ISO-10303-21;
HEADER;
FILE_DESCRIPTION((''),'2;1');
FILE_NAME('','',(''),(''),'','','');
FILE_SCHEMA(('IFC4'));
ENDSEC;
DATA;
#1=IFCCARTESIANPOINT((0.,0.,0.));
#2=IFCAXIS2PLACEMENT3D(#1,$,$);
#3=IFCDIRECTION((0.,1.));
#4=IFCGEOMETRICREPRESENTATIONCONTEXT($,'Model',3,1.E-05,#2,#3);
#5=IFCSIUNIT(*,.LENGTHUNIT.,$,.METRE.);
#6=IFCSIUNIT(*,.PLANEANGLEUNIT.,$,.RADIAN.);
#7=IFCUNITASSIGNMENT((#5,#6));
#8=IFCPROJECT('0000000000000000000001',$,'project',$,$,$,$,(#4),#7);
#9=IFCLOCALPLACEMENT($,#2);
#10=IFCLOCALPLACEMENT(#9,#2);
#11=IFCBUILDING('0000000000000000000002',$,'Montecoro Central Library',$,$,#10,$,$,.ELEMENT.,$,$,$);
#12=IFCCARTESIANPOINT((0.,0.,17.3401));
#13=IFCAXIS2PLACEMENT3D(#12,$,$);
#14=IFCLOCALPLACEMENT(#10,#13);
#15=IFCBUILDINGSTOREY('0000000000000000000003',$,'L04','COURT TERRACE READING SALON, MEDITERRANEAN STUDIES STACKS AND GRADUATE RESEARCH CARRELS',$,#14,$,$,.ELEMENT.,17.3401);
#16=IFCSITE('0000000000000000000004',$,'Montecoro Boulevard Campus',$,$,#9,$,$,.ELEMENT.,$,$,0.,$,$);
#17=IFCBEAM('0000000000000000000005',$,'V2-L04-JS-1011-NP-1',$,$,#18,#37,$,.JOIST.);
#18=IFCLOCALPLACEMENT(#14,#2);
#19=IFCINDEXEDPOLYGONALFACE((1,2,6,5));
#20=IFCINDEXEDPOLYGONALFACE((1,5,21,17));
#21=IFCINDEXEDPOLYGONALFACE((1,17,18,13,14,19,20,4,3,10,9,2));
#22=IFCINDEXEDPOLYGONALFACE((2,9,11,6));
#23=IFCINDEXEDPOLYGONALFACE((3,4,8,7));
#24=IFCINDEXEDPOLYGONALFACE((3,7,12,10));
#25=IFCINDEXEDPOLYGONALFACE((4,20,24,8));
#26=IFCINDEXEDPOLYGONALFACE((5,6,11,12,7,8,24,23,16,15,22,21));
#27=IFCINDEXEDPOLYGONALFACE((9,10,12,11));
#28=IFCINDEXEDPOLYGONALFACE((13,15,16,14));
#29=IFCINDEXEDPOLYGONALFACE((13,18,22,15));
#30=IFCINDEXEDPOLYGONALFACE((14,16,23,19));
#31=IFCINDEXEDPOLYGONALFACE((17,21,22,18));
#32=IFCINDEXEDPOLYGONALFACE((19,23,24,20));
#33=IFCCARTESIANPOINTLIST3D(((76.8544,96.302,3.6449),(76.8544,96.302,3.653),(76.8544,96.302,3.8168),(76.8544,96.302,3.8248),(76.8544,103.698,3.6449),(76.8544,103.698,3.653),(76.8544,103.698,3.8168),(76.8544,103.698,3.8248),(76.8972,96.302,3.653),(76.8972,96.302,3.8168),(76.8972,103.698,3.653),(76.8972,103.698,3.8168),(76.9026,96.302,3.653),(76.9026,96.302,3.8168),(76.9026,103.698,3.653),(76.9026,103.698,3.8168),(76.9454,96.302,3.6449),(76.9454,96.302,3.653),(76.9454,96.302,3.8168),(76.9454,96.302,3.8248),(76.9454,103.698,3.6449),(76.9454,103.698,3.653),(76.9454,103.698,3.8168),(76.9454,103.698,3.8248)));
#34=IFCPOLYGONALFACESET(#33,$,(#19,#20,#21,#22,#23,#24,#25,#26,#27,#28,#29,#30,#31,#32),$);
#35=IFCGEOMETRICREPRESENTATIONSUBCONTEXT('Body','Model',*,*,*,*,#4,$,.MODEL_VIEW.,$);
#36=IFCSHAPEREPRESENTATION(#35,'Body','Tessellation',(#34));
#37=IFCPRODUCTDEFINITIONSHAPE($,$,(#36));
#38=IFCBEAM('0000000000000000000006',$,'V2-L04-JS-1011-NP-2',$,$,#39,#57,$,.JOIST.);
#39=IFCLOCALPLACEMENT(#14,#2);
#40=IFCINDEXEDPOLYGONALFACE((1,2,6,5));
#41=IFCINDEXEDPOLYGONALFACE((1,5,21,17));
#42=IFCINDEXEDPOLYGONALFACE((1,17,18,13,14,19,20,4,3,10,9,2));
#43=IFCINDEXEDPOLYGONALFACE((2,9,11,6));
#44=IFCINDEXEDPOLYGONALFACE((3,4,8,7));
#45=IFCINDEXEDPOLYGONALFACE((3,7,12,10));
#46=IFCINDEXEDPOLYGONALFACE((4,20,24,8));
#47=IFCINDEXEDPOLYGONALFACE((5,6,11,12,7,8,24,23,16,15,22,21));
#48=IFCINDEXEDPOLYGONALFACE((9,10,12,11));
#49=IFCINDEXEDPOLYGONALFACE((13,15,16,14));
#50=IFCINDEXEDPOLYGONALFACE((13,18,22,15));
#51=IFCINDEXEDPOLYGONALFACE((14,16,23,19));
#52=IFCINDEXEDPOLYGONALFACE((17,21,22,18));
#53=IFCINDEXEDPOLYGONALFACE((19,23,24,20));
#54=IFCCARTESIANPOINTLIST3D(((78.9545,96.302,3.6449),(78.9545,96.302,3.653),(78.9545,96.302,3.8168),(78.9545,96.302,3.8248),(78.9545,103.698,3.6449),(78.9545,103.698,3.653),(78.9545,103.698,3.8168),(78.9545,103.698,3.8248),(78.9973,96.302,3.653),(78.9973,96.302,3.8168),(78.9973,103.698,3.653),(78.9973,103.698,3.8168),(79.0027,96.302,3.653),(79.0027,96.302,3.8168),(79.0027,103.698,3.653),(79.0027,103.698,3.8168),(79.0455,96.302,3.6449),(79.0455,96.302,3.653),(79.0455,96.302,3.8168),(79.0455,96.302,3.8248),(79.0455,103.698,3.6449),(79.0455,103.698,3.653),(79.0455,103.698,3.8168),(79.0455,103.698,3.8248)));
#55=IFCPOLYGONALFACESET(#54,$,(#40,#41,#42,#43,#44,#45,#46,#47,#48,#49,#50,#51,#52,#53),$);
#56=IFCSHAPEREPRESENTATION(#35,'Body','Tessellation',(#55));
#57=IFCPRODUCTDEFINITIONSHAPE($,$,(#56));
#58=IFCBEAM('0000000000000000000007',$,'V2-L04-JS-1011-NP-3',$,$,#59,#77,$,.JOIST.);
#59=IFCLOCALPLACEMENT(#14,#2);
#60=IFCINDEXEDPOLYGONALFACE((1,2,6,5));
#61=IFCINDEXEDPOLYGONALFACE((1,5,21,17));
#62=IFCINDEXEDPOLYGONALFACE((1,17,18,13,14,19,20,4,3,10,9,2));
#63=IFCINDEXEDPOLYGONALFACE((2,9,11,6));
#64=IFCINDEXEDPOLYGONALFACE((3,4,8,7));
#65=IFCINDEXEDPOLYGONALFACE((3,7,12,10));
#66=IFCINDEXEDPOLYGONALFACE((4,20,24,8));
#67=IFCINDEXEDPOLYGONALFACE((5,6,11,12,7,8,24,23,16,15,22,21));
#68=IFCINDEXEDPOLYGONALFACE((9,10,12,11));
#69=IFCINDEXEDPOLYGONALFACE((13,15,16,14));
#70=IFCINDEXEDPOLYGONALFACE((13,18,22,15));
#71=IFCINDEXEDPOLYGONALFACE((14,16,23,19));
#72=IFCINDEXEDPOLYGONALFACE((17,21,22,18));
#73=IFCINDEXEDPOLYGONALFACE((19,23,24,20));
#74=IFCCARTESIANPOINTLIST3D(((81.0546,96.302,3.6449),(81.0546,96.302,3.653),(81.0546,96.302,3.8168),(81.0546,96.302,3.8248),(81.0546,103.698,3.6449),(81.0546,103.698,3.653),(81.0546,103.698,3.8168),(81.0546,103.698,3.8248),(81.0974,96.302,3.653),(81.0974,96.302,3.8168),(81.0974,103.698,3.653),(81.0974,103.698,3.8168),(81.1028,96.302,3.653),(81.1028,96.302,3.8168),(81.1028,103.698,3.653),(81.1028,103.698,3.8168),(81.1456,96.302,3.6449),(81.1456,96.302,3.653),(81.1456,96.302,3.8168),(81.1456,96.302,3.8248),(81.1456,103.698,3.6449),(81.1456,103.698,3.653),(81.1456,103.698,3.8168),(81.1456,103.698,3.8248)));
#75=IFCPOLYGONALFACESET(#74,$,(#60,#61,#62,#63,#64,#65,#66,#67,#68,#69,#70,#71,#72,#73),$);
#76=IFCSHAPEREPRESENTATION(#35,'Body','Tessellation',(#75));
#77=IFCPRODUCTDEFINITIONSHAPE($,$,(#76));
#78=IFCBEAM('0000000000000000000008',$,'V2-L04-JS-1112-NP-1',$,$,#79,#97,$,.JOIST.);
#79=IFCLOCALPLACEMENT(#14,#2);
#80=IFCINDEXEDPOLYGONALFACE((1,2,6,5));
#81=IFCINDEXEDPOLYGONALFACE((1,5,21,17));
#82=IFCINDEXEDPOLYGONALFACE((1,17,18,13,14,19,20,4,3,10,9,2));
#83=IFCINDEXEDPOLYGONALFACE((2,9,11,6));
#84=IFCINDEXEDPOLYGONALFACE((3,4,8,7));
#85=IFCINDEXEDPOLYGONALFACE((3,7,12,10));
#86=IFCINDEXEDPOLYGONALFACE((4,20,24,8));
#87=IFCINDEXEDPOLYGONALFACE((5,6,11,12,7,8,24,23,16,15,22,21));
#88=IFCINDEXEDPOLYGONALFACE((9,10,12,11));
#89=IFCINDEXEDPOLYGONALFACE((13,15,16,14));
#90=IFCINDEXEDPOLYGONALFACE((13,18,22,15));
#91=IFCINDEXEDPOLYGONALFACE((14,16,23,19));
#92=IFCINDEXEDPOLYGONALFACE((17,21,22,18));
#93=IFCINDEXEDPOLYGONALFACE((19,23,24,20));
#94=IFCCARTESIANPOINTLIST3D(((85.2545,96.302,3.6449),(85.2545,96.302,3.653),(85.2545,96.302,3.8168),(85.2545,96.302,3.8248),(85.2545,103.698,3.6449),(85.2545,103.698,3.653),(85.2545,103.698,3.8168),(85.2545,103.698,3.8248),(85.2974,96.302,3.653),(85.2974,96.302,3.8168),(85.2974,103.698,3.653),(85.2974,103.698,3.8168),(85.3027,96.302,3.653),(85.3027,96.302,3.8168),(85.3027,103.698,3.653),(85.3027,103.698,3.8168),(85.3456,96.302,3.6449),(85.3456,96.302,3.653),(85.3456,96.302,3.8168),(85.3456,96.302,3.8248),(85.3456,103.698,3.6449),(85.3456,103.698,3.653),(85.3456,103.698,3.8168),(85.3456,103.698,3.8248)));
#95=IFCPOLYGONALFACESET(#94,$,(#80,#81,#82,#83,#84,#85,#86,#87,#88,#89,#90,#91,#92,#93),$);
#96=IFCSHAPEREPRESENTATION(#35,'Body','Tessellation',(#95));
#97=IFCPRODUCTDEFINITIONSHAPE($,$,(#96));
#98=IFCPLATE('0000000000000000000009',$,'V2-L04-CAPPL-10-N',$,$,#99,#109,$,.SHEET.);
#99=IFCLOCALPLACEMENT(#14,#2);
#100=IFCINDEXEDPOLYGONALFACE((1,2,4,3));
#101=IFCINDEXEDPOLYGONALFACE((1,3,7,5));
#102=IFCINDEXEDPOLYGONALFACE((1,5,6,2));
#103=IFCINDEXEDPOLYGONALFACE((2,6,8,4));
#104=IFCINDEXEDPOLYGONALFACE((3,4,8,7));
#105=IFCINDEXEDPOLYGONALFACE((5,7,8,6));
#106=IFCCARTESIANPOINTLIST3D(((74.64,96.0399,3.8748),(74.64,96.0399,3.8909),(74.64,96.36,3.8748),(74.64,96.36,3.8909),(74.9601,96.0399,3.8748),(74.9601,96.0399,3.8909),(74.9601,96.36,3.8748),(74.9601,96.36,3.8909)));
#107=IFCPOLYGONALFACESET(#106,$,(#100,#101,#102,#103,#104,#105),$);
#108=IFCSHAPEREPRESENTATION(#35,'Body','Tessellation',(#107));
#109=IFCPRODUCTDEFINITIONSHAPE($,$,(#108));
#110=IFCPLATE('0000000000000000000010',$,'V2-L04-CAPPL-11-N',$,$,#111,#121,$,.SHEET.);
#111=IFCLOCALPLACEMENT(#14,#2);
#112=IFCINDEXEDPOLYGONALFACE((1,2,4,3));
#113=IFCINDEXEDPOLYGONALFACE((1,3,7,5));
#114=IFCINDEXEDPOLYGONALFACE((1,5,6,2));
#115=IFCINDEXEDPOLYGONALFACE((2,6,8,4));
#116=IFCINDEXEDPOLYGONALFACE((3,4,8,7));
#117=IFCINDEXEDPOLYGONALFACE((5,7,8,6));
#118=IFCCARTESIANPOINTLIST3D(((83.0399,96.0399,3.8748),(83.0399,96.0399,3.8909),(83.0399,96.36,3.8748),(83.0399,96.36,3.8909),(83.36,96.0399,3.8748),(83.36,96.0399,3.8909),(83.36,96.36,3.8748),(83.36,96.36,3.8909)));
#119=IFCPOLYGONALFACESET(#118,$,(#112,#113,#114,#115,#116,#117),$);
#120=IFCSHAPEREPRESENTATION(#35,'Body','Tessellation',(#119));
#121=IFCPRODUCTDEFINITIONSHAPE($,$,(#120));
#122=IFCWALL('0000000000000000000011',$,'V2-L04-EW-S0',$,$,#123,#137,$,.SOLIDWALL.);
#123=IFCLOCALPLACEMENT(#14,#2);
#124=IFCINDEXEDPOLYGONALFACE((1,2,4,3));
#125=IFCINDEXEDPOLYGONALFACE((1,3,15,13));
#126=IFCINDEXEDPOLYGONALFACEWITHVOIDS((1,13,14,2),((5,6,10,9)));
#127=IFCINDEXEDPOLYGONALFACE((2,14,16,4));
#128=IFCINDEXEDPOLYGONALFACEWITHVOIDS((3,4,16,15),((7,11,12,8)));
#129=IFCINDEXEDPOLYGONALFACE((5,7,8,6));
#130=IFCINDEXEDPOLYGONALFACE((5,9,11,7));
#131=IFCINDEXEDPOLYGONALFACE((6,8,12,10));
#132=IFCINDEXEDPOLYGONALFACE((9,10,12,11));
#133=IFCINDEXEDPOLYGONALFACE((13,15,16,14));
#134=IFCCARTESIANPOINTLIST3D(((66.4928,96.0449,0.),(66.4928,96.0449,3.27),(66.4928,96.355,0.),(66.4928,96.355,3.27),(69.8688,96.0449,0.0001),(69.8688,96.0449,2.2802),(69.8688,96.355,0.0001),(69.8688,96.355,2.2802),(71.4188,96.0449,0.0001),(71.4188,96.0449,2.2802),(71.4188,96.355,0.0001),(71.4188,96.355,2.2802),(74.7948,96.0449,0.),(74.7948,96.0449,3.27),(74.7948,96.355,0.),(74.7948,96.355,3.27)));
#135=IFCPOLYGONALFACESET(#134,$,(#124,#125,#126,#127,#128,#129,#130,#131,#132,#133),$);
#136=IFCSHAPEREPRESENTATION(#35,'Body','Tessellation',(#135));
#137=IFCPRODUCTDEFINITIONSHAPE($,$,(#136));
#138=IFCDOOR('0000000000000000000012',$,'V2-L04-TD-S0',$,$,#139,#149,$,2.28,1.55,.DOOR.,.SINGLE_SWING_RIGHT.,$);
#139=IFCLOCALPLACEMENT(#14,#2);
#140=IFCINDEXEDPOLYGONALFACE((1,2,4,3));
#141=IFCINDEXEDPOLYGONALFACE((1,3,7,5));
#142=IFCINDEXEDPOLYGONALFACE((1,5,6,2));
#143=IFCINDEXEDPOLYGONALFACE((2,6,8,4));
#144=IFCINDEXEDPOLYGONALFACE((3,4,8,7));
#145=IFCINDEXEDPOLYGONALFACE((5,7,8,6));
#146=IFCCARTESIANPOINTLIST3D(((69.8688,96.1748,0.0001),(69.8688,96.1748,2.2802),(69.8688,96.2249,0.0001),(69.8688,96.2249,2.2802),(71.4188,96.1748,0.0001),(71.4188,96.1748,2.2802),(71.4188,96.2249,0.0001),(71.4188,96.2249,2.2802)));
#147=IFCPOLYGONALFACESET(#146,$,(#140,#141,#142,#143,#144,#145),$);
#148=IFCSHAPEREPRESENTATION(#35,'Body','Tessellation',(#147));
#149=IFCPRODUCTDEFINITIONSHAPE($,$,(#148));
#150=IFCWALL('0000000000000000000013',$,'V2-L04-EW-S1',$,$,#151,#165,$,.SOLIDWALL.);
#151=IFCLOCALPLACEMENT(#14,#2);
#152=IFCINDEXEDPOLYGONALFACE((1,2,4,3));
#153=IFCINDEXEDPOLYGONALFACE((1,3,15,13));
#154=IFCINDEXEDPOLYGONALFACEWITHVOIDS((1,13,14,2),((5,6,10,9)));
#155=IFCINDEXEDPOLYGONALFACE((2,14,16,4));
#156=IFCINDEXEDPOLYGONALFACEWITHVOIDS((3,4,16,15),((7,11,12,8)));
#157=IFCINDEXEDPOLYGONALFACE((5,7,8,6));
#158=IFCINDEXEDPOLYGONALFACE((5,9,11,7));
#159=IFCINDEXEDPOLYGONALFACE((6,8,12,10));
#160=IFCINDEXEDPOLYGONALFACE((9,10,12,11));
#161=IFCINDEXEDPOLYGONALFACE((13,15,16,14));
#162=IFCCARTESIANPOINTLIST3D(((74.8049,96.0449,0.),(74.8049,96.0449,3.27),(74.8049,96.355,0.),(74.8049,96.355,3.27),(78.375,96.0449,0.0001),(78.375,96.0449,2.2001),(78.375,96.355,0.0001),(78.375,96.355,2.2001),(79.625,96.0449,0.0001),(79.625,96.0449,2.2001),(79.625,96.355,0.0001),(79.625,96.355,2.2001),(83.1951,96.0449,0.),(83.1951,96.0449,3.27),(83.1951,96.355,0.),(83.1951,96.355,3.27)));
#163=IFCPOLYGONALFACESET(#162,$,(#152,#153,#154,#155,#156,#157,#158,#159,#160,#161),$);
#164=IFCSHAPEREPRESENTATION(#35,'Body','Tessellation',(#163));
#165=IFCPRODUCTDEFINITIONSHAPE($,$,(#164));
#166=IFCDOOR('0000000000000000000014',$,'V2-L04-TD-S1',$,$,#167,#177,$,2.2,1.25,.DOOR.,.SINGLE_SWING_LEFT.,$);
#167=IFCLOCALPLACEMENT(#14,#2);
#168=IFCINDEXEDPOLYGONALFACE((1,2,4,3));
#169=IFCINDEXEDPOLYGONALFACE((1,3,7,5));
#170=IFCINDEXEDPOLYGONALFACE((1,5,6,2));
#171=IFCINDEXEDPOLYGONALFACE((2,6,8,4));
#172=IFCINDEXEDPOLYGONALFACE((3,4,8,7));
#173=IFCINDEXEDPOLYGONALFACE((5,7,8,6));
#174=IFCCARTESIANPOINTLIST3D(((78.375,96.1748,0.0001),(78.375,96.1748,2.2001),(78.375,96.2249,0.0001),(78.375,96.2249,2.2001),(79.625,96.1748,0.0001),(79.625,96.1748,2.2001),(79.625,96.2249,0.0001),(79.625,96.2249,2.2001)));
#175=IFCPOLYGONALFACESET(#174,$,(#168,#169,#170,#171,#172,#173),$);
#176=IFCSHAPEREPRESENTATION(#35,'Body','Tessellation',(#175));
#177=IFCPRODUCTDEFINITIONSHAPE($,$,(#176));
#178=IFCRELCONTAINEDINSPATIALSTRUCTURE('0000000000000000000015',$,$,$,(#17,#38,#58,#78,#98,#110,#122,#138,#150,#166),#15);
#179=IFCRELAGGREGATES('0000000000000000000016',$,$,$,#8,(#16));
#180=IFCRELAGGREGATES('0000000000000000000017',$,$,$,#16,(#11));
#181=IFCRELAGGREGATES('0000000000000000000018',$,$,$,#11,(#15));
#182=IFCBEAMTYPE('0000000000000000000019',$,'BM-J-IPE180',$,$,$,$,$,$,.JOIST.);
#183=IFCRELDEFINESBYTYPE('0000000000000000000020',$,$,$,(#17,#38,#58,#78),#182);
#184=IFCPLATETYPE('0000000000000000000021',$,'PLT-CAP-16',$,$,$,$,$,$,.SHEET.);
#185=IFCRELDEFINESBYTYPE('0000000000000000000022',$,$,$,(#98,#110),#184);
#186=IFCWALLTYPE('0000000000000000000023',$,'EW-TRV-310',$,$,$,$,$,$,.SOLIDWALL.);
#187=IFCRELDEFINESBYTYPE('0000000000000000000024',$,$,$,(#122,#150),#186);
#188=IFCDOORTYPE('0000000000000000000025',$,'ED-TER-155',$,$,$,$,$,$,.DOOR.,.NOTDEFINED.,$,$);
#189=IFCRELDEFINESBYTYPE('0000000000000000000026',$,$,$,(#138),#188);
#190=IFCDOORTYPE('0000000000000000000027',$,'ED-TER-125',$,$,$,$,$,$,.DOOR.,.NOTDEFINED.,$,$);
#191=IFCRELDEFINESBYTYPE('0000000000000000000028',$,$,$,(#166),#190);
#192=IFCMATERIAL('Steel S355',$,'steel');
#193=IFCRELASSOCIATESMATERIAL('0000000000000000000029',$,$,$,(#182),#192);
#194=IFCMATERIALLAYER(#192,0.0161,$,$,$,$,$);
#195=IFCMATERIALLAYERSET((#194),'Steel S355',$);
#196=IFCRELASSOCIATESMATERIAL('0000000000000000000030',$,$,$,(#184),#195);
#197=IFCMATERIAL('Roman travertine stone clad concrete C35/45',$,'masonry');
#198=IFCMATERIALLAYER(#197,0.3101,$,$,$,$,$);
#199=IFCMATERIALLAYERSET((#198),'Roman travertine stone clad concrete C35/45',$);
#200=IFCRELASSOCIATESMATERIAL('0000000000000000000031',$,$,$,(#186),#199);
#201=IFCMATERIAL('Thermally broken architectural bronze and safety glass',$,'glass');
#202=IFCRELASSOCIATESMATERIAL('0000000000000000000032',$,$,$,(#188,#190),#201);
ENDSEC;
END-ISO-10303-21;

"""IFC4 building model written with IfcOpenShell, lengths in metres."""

from ifc_helpers import new_model, si_unit, direction, frame, frame_2d, origin, origin_2d, place, context, subcontext, project, spatial, rectangle, i_section, extrude, material, layer, layer_set, material_profile, profile_set, type_object, element, fill, save


model = new_model("IFC4")

# Units and contexts
model_context = context("Model", 3, precision=1e-05, world=origin(), true_north=direction((0.0, 1.0)))
body_context = subcontext(model_context, "Body", "Model", "MODEL_VIEW")
ifc_project = project(units=[si_unit("LENGTHUNIT", "METRE"), si_unit("PLANEANGLEUNIT", "RADIAN")], contexts=[model_context])

# Site, building, storey
site_placement = place(None, origin())
site = spatial("IfcSite", under=ifc_project, at=site_placement, Name="Montecoro Boulevard Campus", CompositionType="ELEMENT", RefElevation=0.0)
building_placement = place(site_placement, origin())
building = spatial("IfcBuilding", under=site, at=building_placement, Name="Montecoro Central Library", CompositionType="ELEMENT")
storey_placement = place(building_placement, frame((0.0, 0.0, 17.3401)))
storey = spatial("IfcBuildingStorey", under=building, at=storey_placement, Name="L04", Description="COURT TERRACE READING SALON, MEDITERRANEAN STUDIES STACKS AND GRADUATE RESEARCH CARRELS", CompositionType="ELEMENT", Elevation=17.3401)

# Shared definitions
ifc_material_1 = material(Name="Steel S355", Category="steel")

# Beams
ifc_material_profile_1 = material_profile(ifc_material_1, i_section(OverallWidth=0.0911, OverallDepth=0.1799, WebThickness=0.0054, FlangeThickness=0.0081, at=origin_2d()), Name="IPE 180")
ifc_profile_set_1 = profile_set([ifc_material_profile_1], Name="Steel S355")
beam_type_1 = type_object("IfcBeamType", Name="BM-J-IPE180", PredefinedType="JOIST", material=ifc_profile_set_1)
for number, where, z_axis, x_axis, name in (
    (1, (76.8999, 96.302, 3.7349), (0.0, 1.0, 0.0), (-1.0, 0.0, 0.0), "V2-L04-JS-1011-NP-1"),
    (2, (79.0, 96.302, 3.7349), (0.0, 1.0, 0.0), (-1.0, 0.0, 0.0), "V2-L04-JS-1011-NP-2"),
    (3, (81.1001, 96.302, 3.7349), (0.0, 1.0, 0.0), (-1.0, 0.0, 0.0), "V2-L04-JS-1011-NP-3"),
    (4, (85.3, 96.302, 3.7349), (0.0, 1.0, 0.0), (-1.0, 0.0, 0.0), "V2-L04-JS-1112-NP-1"),
):
    element("IfcBeam", number, at=place(storey_placement, frame(where, z_axis=z_axis, x_axis=x_axis)), inside=storey, type_object=beam_type_1, Name=name, PredefinedType="JOIST", context=body_context, shape_type="SweptSolid", body=[
        extrude(i_section(OverallWidth=0.0911, OverallDepth=0.1799, WebThickness=0.0054, FlangeThickness=0.0081, at=origin_2d()), origin(), (0.0, 0.0, 1.0), 7.396),
    ])

# Plates
ifc_layer_1 = layer(ifc_material_1, 0.0161)
ifc_layer_set_1 = layer_set([ifc_layer_1], Name="Steel S355")
plate_type = type_object("IfcPlateType", Name="PLT-CAP-16", PredefinedType="SHEET", material=ifc_layer_set_1)
for number, where, z_axis, x_axis, name in (
    (5, (74.8, 96.2, 3.8748), (0.0, 0.0, 1.0), (1.0, 0.0, 0.0), "V2-L04-CAPPL-10-N"),
    (6, (83.2, 96.2, 3.8748), (0.0, 0.0, 1.0), (1.0, 0.0, 0.0), "V2-L04-CAPPL-11-N"),
):
    element("IfcPlate", number, at=place(storey_placement, frame(where, z_axis=z_axis, x_axis=x_axis)), inside=storey, type_object=plate_type, Name=name, PredefinedType="SHEET", context=body_context, shape_type="SweptSolid", body=[
        extrude(rectangle(XDim=0.3201, YDim=0.3201, at=origin_2d()), origin(), (0.0, 0.0, 1.0), 0.0161),
    ])

# Walls, openings, doors
ifc_material_2 = material(Name="Roman travertine stone clad concrete C35/45", Category="masonry")
ifc_layer_2 = layer(ifc_material_2, 0.3101)
ifc_layer_set_2 = layer_set([ifc_layer_2], Name="Roman travertine stone clad concrete C35/45")
wall_type_1 = type_object("IfcWallType", Name="EW-TRV-310", PredefinedType="SOLIDWALL", material=ifc_layer_set_2)
wall_1_placement = place(storey_placement, frame((66.4929, 96.2, 0.0), z_axis=(0.0, 0.0, 1.0), x_axis=(1.0, 0.0, 0.0)))
wall_1 = element("IfcWall", 7, at=wall_1_placement, inside=storey, type_object=wall_type_1, Name="V2-L04-EW-S0", PredefinedType="SOLIDWALL", context=body_context, shape_type="SweptSolid", body=[
    extrude(rectangle(XDim=8.302, YDim=0.3101, at=frame_2d((4.1509, 0.0))), origin(), (0.0, 0.0, 1.0), 3.27),
])
opening_1_placement = place(wall_1_placement, frame((3.376, 0.0, 0.0)))
opening_1 = element("IfcOpeningElement", 8, at=opening_1_placement, cuts=wall_1, PredefinedType="OPENING", context=body_context, shape_type="SweptSolid", body=[
    extrude(rectangle(XDim=1.55, YDim=2.28, at=frame_2d((0.7749, 1.1401))), frame((0.0, 0.165, 0.0), z_axis=(0.0, -1.0, 0.0), x_axis=(1.0, 0.0, 0.0)), (0.0, 0.0, 1.0), 0.3301),
])
ifc_material_3 = material(Name="Thermally broken architectural bronze and safety glass", Category="glass")
door_type_1 = type_object("IfcDoorType", Name="ED-TER-155", OperationType="NOTDEFINED", PredefinedType="DOOR", material=ifc_material_3)
door_1_placement = place(opening_1_placement, origin())
door_1 = element("IfcDoor", 9, at=door_1_placement, inside=storey, type_object=door_type_1, Name="V2-L04-TD-S0", OperationType="SINGLE_SWING_RIGHT", OverallHeight=2.28, OverallWidth=1.55, PredefinedType="DOOR", context=body_context, shape_type="SweptSolid", body=[
    extrude(rectangle(XDim=1.55, YDim=2.28, at=frame_2d((0.7749, 1.1401))), frame((0.0, 0.0249, 0.0), z_axis=(0.0, -1.0, 0.0), x_axis=(1.0, 0.0, 0.0)), (0.0, 0.0, 1.0), 0.05),
])
fill(opening_1, door_1)
wall_2_placement = place(storey_placement, frame((74.8049, 96.2, 0.0), z_axis=(0.0, 0.0, 1.0), x_axis=(1.0, 0.0, 0.0)))
wall_2 = element("IfcWall", 10, at=wall_2_placement, inside=storey, type_object=wall_type_1, Name="V2-L04-EW-S1", PredefinedType="SOLIDWALL", context=body_context, shape_type="SweptSolid", body=[
    extrude(rectangle(XDim=8.3901, YDim=0.3101, at=frame_2d((4.1951, 0.0))), origin(), (0.0, 0.0, 1.0), 3.27),
])
opening_2_placement = place(wall_2_placement, frame((3.5701, 0.0, 0.0)))
opening_2 = element("IfcOpeningElement", 11, at=opening_2_placement, cuts=wall_2, PredefinedType="OPENING", context=body_context, shape_type="SweptSolid", body=[
    extrude(rectangle(XDim=1.25, YDim=2.2, at=frame_2d((0.625, 1.1001))), frame((0.0, 0.165, 0.0), z_axis=(0.0, -1.0, 0.0), x_axis=(1.0, 0.0, 0.0)), (0.0, 0.0, 1.0), 0.3301),
])
door_type_2 = type_object("IfcDoorType", Name="ED-TER-125", OperationType="NOTDEFINED", PredefinedType="DOOR", material=ifc_material_3)
door_2_placement = place(opening_2_placement, origin())
door_2 = element("IfcDoor", 12, at=door_2_placement, inside=storey, type_object=door_type_2, Name="V2-L04-TD-S1", OperationType="SINGLE_SWING_LEFT", OverallHeight=2.2, OverallWidth=1.25, PredefinedType="DOOR", context=body_context, shape_type="SweptSolid", body=[
    extrude(rectangle(XDim=1.25, YDim=2.2, at=frame_2d((0.625, 1.1001))), frame((0.0, 0.0249, 0.0), z_axis=(0.0, -1.0, 0.0), x_axis=(1.0, 0.0, 0.0)), (0.0, 0.0, 1.0), 0.05),
])
fill(opening_2, door_2)

save(model, "model.ifc")
